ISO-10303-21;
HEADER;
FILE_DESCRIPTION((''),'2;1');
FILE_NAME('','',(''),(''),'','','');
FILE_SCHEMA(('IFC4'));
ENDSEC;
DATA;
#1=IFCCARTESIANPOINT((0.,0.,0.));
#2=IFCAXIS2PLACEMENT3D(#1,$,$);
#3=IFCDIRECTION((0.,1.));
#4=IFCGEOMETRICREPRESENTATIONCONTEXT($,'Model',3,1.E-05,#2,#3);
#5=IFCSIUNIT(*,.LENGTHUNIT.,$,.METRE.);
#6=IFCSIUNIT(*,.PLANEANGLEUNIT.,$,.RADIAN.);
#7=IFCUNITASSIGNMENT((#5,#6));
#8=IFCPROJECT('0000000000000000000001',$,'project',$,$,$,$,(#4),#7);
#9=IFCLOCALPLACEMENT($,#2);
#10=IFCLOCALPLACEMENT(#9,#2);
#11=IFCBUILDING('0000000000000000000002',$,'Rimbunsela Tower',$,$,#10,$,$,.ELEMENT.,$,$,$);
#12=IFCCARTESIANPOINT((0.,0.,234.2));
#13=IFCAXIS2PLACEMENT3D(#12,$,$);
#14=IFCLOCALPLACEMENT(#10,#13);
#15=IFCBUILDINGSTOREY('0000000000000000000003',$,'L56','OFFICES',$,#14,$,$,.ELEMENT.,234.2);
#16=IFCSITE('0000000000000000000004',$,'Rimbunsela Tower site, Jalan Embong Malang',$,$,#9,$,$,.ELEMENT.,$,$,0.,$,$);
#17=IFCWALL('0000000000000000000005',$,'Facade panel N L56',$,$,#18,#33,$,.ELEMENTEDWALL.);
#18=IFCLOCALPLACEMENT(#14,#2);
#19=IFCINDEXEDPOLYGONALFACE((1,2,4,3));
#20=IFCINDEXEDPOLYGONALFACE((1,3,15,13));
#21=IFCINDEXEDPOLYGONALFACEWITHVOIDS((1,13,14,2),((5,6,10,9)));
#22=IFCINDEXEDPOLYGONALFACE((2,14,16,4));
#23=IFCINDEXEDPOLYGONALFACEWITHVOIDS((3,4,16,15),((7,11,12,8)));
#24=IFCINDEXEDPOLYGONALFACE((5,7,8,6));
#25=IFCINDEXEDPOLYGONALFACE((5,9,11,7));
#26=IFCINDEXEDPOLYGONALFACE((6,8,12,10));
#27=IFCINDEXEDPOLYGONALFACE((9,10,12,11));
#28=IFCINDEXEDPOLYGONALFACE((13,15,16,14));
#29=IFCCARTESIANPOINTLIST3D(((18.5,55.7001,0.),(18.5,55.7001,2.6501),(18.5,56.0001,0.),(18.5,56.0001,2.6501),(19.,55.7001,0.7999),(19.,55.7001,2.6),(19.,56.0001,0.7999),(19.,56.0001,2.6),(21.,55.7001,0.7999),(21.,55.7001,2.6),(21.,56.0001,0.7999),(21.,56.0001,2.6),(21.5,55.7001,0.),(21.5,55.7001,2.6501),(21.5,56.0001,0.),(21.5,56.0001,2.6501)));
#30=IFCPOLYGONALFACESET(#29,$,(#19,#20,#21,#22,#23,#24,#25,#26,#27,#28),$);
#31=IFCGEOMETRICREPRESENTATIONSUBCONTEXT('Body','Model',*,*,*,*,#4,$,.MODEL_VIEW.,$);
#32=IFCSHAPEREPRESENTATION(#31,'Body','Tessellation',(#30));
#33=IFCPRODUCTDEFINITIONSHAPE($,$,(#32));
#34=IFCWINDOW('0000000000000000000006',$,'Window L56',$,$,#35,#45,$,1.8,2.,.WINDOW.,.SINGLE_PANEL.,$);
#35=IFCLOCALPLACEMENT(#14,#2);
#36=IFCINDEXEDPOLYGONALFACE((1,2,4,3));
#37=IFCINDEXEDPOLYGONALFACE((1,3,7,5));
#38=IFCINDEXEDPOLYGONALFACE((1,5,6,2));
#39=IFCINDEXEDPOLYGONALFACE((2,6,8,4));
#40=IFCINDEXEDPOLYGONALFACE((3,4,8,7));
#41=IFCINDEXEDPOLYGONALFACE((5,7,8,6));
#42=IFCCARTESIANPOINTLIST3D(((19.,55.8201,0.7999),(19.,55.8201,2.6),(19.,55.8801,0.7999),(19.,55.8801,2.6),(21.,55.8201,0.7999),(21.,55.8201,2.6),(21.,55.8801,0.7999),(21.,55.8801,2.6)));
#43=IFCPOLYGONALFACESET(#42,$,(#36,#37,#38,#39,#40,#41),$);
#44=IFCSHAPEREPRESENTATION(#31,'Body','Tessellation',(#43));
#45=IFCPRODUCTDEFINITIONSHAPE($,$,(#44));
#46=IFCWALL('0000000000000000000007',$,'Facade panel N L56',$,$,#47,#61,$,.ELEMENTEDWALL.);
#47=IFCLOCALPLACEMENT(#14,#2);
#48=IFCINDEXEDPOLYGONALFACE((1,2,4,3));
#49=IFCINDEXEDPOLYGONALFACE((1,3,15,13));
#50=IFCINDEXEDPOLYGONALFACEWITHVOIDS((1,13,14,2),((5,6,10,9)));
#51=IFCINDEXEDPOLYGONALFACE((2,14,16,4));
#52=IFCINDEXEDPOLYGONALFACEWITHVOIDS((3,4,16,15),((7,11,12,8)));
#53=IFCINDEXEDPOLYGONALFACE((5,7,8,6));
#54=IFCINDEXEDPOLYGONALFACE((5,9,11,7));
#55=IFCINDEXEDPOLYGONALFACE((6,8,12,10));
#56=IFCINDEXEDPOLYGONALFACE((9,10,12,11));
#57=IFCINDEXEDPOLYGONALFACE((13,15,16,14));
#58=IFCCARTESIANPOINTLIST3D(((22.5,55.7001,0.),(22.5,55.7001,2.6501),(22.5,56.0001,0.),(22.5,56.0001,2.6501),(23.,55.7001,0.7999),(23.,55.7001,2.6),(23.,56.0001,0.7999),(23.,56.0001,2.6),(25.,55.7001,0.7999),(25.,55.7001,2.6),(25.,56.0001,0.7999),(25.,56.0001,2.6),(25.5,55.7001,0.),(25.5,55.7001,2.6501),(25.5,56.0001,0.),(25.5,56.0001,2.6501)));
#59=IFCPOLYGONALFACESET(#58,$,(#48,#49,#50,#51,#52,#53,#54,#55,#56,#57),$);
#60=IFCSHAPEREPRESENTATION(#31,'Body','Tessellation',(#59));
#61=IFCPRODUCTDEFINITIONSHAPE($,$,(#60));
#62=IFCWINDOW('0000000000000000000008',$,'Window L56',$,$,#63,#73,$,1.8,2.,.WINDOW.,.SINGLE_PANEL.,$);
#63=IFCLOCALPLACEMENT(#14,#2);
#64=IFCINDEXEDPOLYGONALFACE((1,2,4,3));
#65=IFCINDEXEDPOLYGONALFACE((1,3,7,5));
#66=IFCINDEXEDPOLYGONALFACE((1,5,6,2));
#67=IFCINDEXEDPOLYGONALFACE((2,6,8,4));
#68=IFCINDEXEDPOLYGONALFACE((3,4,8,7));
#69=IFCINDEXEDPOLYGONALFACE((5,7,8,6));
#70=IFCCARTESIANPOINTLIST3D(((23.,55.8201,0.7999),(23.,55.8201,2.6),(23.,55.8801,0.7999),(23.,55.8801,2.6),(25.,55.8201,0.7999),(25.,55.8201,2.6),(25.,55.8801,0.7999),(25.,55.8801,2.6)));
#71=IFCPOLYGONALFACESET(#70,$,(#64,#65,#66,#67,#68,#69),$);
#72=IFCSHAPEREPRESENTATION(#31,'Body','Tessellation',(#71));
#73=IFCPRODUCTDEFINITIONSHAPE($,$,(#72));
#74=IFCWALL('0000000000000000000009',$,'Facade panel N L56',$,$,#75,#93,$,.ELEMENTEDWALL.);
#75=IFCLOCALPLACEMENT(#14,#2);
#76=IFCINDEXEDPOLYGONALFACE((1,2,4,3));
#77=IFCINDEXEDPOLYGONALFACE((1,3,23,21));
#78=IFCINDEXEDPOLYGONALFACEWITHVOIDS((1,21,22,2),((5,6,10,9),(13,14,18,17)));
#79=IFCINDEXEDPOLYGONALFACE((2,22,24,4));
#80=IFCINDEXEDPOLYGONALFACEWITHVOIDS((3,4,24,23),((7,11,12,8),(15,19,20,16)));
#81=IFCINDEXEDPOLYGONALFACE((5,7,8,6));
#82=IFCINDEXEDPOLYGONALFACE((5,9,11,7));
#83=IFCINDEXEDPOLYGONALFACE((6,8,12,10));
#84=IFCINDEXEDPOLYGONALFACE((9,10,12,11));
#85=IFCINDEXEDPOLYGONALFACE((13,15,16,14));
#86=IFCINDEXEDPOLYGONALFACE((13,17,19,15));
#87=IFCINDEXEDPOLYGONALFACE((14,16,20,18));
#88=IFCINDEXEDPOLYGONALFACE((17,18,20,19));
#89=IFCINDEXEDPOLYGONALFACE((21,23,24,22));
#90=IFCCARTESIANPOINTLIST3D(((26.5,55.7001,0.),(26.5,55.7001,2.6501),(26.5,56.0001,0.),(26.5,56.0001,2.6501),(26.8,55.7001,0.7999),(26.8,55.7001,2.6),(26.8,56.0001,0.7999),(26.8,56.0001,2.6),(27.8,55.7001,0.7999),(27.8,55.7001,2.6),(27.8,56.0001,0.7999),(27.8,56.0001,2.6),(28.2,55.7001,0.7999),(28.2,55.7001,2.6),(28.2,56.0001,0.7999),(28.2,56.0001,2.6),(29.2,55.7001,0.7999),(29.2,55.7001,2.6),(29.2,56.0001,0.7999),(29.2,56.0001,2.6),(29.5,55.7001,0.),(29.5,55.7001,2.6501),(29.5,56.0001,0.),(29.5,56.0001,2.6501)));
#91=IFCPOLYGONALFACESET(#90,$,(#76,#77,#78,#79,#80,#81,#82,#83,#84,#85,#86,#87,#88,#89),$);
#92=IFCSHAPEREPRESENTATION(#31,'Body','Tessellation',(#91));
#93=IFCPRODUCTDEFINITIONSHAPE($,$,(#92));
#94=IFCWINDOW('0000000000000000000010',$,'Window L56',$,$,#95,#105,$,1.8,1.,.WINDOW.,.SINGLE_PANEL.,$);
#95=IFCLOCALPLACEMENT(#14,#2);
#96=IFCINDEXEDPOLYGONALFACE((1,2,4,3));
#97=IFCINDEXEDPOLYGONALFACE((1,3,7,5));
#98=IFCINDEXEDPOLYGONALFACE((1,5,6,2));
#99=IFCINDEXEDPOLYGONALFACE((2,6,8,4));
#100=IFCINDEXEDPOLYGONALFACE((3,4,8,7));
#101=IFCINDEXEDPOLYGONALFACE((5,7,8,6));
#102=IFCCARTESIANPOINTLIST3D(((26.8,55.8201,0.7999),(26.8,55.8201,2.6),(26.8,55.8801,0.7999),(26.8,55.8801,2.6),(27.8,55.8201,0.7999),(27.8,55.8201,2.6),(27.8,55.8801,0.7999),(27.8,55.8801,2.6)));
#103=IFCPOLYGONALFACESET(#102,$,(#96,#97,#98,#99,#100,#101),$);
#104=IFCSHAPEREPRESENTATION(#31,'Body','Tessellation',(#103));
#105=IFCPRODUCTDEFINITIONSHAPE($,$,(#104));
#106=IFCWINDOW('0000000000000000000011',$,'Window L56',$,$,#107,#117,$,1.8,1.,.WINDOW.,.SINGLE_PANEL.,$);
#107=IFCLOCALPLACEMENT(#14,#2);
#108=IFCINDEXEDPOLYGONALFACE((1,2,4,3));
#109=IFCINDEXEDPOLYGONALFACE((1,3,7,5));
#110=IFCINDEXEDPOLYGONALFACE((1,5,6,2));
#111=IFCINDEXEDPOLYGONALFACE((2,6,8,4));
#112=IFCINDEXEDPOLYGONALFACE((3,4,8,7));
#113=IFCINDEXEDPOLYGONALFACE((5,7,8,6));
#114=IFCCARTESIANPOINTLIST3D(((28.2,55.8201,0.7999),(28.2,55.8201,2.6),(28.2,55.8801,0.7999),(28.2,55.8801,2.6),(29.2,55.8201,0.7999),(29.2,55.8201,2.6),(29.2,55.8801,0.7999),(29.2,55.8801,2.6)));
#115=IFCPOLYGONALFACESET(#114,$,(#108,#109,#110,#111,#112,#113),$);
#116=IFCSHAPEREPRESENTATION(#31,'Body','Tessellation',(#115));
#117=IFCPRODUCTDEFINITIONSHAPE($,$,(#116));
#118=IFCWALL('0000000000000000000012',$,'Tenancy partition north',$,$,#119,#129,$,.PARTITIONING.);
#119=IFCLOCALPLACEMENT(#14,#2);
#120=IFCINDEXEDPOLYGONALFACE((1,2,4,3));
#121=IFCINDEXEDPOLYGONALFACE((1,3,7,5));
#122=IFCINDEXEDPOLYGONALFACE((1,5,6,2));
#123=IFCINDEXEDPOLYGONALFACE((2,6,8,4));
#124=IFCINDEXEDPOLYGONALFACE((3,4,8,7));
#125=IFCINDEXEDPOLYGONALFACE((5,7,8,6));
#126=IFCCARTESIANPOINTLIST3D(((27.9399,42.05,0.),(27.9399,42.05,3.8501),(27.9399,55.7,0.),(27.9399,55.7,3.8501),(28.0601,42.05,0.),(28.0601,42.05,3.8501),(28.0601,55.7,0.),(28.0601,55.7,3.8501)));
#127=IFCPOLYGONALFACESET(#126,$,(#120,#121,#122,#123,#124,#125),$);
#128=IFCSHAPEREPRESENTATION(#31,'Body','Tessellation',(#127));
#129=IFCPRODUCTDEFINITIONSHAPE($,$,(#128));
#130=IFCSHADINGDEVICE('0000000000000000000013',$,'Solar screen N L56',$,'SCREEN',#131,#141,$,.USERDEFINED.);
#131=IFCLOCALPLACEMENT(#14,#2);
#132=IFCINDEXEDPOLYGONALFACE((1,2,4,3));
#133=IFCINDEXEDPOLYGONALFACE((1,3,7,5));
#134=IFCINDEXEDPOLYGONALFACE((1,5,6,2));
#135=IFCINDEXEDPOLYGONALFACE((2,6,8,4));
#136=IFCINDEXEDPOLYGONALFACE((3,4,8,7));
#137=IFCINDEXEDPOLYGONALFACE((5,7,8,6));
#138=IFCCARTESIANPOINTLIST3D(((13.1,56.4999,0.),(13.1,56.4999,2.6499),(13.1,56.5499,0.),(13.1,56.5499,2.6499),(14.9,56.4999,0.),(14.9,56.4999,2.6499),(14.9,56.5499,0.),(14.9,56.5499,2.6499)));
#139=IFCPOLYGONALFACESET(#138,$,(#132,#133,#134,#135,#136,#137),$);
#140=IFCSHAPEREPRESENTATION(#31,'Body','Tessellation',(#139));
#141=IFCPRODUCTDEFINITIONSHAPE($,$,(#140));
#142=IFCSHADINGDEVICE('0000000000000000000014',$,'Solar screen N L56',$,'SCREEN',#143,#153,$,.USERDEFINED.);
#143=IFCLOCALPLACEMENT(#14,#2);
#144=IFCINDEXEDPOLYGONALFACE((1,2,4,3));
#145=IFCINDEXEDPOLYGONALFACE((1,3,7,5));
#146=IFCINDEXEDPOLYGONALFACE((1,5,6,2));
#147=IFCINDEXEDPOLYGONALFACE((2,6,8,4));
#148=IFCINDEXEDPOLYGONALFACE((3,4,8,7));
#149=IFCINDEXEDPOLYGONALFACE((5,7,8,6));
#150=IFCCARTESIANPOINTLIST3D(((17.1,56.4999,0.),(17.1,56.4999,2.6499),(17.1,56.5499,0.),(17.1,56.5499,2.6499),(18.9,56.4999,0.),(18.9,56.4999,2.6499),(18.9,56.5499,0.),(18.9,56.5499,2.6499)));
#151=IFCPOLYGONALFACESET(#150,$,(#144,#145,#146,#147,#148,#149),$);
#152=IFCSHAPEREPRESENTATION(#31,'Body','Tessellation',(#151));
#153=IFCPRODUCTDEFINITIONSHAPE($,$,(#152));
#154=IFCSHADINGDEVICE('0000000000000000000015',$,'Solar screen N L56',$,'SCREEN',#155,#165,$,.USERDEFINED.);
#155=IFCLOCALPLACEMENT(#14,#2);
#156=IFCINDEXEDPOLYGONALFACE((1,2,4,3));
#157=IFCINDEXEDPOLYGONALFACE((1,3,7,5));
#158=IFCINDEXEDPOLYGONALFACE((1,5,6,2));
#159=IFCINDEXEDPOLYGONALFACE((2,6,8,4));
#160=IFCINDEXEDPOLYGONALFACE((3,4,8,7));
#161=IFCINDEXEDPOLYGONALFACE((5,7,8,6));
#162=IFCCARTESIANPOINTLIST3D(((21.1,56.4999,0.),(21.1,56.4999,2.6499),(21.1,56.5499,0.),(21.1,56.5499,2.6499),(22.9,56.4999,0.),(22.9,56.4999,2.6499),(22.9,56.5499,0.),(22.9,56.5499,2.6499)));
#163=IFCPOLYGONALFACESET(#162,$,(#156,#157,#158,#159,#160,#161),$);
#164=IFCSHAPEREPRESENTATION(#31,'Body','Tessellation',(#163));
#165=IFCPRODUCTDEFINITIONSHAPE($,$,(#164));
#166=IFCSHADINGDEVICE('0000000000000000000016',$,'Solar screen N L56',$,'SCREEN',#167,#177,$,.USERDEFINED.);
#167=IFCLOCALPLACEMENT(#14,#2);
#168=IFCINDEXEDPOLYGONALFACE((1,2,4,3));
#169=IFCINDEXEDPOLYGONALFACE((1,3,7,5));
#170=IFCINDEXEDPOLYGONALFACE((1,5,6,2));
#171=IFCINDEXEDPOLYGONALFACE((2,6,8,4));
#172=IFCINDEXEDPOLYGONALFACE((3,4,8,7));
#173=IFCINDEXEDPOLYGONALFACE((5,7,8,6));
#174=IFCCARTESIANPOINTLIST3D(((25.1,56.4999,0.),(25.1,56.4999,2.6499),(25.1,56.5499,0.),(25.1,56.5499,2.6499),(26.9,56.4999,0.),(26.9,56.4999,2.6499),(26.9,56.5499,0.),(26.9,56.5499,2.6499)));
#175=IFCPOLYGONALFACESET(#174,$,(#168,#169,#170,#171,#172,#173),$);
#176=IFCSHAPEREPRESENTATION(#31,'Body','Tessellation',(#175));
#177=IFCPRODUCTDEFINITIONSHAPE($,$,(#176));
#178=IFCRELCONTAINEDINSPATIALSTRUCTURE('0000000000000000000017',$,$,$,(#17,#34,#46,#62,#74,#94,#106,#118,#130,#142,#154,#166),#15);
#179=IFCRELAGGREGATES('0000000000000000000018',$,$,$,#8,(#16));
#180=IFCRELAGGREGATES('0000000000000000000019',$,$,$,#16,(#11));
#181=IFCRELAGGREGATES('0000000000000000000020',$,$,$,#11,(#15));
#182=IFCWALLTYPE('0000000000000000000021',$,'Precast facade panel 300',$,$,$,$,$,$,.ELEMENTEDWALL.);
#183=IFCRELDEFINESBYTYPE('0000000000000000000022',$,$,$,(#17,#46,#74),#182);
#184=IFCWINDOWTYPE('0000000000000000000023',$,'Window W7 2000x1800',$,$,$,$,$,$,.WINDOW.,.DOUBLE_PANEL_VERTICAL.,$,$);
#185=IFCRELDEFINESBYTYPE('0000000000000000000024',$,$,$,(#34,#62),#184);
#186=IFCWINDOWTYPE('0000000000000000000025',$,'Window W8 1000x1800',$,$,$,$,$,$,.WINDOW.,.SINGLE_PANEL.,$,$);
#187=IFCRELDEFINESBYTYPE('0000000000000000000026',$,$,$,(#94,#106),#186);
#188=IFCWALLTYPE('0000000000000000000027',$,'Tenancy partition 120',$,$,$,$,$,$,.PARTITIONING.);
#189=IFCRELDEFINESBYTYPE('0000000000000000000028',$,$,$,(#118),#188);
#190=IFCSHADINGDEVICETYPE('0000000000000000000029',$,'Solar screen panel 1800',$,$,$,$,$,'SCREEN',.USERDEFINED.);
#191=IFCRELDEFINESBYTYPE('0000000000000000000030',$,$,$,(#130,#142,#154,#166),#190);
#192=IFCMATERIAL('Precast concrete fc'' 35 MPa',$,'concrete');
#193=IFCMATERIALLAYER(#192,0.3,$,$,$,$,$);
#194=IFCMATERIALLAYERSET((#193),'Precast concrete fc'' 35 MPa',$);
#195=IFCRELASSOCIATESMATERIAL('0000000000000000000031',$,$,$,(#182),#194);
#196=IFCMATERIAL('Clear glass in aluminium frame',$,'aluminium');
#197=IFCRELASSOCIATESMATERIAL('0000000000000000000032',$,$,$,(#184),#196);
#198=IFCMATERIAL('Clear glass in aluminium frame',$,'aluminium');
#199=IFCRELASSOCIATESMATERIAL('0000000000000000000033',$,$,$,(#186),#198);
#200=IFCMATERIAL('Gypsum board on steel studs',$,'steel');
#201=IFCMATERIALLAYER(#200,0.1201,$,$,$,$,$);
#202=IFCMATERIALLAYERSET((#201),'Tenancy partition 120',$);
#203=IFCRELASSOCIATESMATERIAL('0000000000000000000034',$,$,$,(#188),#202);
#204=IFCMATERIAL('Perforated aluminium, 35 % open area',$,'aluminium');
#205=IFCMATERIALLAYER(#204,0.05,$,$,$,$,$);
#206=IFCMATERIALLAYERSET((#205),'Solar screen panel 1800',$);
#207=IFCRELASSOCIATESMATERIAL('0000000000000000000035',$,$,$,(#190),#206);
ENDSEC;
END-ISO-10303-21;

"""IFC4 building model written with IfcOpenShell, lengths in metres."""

from ifc_helpers import new_model, si_unit, direction, frame, frame_2d, origin, origin_2d, place, context, subcontext, project, spatial, rectangle, extrude, material, layer, layer_set, type_object, element, fill, save


model = new_model("IFC4")

# Units and contexts
model_context = context("Model", 3, precision=1e-05, world=origin(), true_north=direction((0.0, 1.0)))
body_context = subcontext(model_context, "Body", "Model", "MODEL_VIEW")
ifc_project = project(units=[si_unit("LENGTHUNIT", "METRE"), si_unit("PLANEANGLEUNIT", "RADIAN")], contexts=[model_context])

# Site, building, storey
site_placement = place(None, origin())
site = spatial("IfcSite", under=ifc_project, at=site_placement, Name="Rimbunsela Tower site, Jalan Embong Malang", CompositionType="ELEMENT", RefElevation=0.0)
building_placement = place(site_placement, origin())
building = spatial("IfcBuilding", under=site, at=building_placement, Name="Rimbunsela Tower", CompositionType="ELEMENT")
storey_placement = place(building_placement, frame((0.0, 0.0, 234.2)))
storey = spatial("IfcBuildingStorey", under=building, at=storey_placement, Name="L56", Description="OFFICES", CompositionType="ELEMENT", Elevation=234.2)

# Walls, openings, windows
ifc_material_1 = material(Name="Precast concrete fc' 35 MPa", Category="concrete")
ifc_layer_1 = layer(ifc_material_1, 0.3)
ifc_layer_set_1 = layer_set([ifc_layer_1], Name="Precast concrete fc' 35 MPa")
wall_type_1 = type_object("IfcWallType", Name="Precast facade panel 300", PredefinedType="ELEMENTEDWALL", material=ifc_layer_set_1)
ifc_material_2 = material(Name="Clear glass in aluminium frame", Category="aluminium")
window_type_1 = type_object("IfcWindowType", Name="Window W7 2000x1800", PartitioningType="DOUBLE_PANEL_VERTICAL", PredefinedType="WINDOW", material=ifc_material_2)
wall_1_placement = place(storey_placement, frame((21.5, 55.8501, 0.0), z_axis=(0.0, 0.0, 1.0), x_axis=(-1.0, 0.0, 0.0)))
wall_1 = element("IfcWall", 1, at=wall_1_placement, inside=storey, type_object=wall_type_1, Name="Facade panel N L56", PredefinedType="ELEMENTEDWALL", context=body_context, shape_type="SweptSolid", body=[
    extrude(rectangle(XDim=3.0, YDim=0.3, at=frame_2d((1.5, 0.0))), origin(), (0.0, 0.0, 1.0), 2.6501),
])
opening_1_placement = place(wall_1_placement, frame((0.5, 0.0, 0.8)))
opening_1 = element("IfcOpeningElement", 2, at=opening_1_placement, cuts=wall_1, PredefinedType="OPENING", context=body_context, shape_type="SweptSolid", body=[
    extrude(rectangle(XDim=2.0, YDim=1.8, at=frame_2d((1.0, 0.8999))), frame((0.0, 0.1599, 0.0), z_axis=(0.0, -1.0, 0.0), x_axis=(1.0, 0.0, 0.0)), (0.0, 0.0, 1.0), 0.3201),
])
window_1_placement = place(opening_1_placement, origin())
window_1 = element("IfcWindow", 3, at=window_1_placement, inside=storey, type_object=window_type_1, Name="Window L56", OverallHeight=1.8, OverallWidth=2.0, PartitioningType="SINGLE_PANEL", PredefinedType="WINDOW", context=body_context, shape_type="SweptSolid", body=[
    extrude(rectangle(XDim=2.0, YDim=1.8, at=frame_2d((1.0, 0.8999))), frame((0.0, 0.03, 0.0), z_axis=(0.0, -1.0, 0.0), x_axis=(1.0, 0.0, 0.0)), (0.0, 0.0, 1.0), 0.0601),
])
fill(opening_1, window_1)
wall_2_placement = place(storey_placement, frame((25.5, 55.8501, 0.0), z_axis=(0.0, 0.0, 1.0), x_axis=(-1.0, 0.0, 0.0)))
wall_2 = element("IfcWall", 4, at=wall_2_placement, inside=storey, type_object=wall_type_1, Name="Facade panel N L56", PredefinedType="ELEMENTEDWALL", context=body_context, shape_type="SweptSolid", body=[
    extrude(rectangle(XDim=3.0, YDim=0.3, at=frame_2d((1.5, 0.0))), origin(), (0.0, 0.0, 1.0), 2.6501),
])
opening_2_placement = place(wall_2_placement, frame((0.5, 0.0, 0.8)))
opening_2 = element("IfcOpeningElement", 5, at=opening_2_placement, cuts=wall_2, PredefinedType="OPENING", context=body_context, shape_type="SweptSolid", body=[
    extrude(rectangle(XDim=2.0, YDim=1.8, at=frame_2d((1.0, 0.8999))), frame((0.0, 0.1599, 0.0), z_axis=(0.0, -1.0, 0.0), x_axis=(1.0, 0.0, 0.0)), (0.0, 0.0, 1.0), 0.3201),
])
window_2_placement = place(opening_2_placement, origin())
window_2 = element("IfcWindow", 6, at=window_2_placement, inside=storey, type_object=window_type_1, Name="Window L56", OverallHeight=1.8, OverallWidth=2.0, PartitioningType="SINGLE_PANEL", PredefinedType="WINDOW", context=body_context, shape_type="SweptSolid", body=[
    extrude(rectangle(XDim=2.0, YDim=1.8, at=frame_2d((1.0, 0.8999))), frame((0.0, 0.03, 0.0), z_axis=(0.0, -1.0, 0.0), x_axis=(1.0, 0.0, 0.0)), (0.0, 0.0, 1.0), 0.0601),
])
fill(opening_2, window_2)

# Wall, openings, windows
wall_3_placement = place(storey_placement, frame((29.5, 55.8501, 0.0), z_axis=(0.0, 0.0, 1.0), x_axis=(-1.0, 0.0, 0.0)))
wall_3 = element("IfcWall", 7, at=wall_3_placement, inside=storey, type_object=wall_type_1, Name="Facade panel N L56", PredefinedType="ELEMENTEDWALL", context=body_context, shape_type="SweptSolid", body=[
    extrude(rectangle(XDim=3.0, YDim=0.3, at=frame_2d((1.5, 0.0))), origin(), (0.0, 0.0, 1.0), 2.6501),
])
opening_3_placement = place(wall_3_placement, frame((1.7, 0.0, 0.8)))
opening_3 = element("IfcOpeningElement", 8, at=opening_3_placement, cuts=wall_3, PredefinedType="OPENING", context=body_context, shape_type="SweptSolid", body=[
    extrude(rectangle(XDim=1.0, YDim=1.8, at=frame_2d((0.5, 0.8999))), frame((0.0, 0.1599, 0.0), z_axis=(0.0, -1.0, 0.0), x_axis=(1.0, 0.0, 0.0)), (0.0, 0.0, 1.0), 0.3201),
])
opening_4_placement = place(wall_3_placement, frame((0.3, 0.0, 0.8)))
opening_4 = element("IfcOpeningElement", 9, at=opening_4_placement, cuts=wall_3, PredefinedType="OPENING", context=body_context, shape_type="SweptSolid", body=[
    extrude(rectangle(XDim=1.0, YDim=1.8, at=frame_2d((0.5, 0.8999))), frame((0.0, 0.1599, 0.0), z_axis=(0.0, -1.0, 0.0), x_axis=(1.0, 0.0, 0.0)), (0.0, 0.0, 1.0), 0.3201),
])
ifc_material_3 = material(Name="Clear glass in aluminium frame", Category="aluminium")
window_type_2 = type_object("IfcWindowType", Name="Window W8 1000x1800", PartitioningType="SINGLE_PANEL", PredefinedType="WINDOW", material=ifc_material_3)
window_3_placement = place(opening_3_placement, origin())
window_3 = element("IfcWindow", 10, at=window_3_placement, inside=storey, type_object=window_type_2, Name="Window L56", OverallHeight=1.8, OverallWidth=1.0, PartitioningType="SINGLE_PANEL", PredefinedType="WINDOW", context=body_context, shape_type="SweptSolid", body=[
    extrude(rectangle(XDim=1.0, YDim=1.8, at=frame_2d((0.5, 0.8999))), frame((0.0, 0.03, 0.0), z_axis=(0.0, -1.0, 0.0), x_axis=(1.0, 0.0, 0.0)), (0.0, 0.0, 1.0), 0.0601),
])
fill(opening_3, window_3)
window_4_placement = place(opening_4_placement, origin())
window_4 = element("IfcWindow", 11, at=window_4_placement, inside=storey, type_object=window_type_2, Name="Window L56", OverallHeight=1.8, OverallWidth=1.0, PartitioningType="SINGLE_PANEL", PredefinedType="WINDOW", context=body_context, shape_type="SweptSolid", body=[
    extrude(rectangle(XDim=1.0, YDim=1.8, at=frame_2d((0.5, 0.8999))), frame((0.0, 0.03, 0.0), z_axis=(0.0, -1.0, 0.0), x_axis=(1.0, 0.0, 0.0)), (0.0, 0.0, 1.0), 0.0601),
])
fill(opening_4, window_4)

# Wall
ifc_material_4 = material(Name="Gypsum board on steel studs", Category="steel")
ifc_layer_2 = layer(ifc_material_4, 0.1201)
ifc_layer_set_2 = layer_set([ifc_layer_2], Name="Tenancy partition 120")
wall_type_2 = type_object("IfcWallType", Name="Tenancy partition 120", PredefinedType="PARTITIONING", material=ifc_layer_set_2)
wall_4_placement = place(storey_placement, frame((28.0, 42.05, 0.0), z_axis=(0.0, 0.0, 1.0), x_axis=(0.0, 1.0, 0.0)))
element("IfcWall", 12, at=wall_4_placement, inside=storey, type_object=wall_type_2, Name="Tenancy partition north", PredefinedType="PARTITIONING", context=body_context, shape_type="SweptSolid", body=[
    extrude(rectangle(XDim=13.6499, YDim=0.1201, at=frame_2d((6.825, 0.0))), origin(), (0.0, 0.0, 1.0), 3.8501),
])

# Shading devices
ifc_material_5 = material(Name="Perforated aluminium, 35 % open area", Category="aluminium")
ifc_layer_3 = layer(ifc_material_5, 0.05)
ifc_layer_set_3 = layer_set([ifc_layer_3], Name="Solar screen panel 1800")
shading_device_type = type_object("IfcShadingDeviceType", Name="Solar screen panel 1800", ElementType="SCREEN", PredefinedType="USERDEFINED", material=ifc_layer_set_3)
for number, where, z_axis, x_axis, name in (
    (13, (14.0, 56.5249, 0.0), (0.0, 0.0, 1.0), (1.0, 0.0, 0.0), "Solar screen N L56"),
    (14, (18.0, 56.5249, 0.0), (0.0, 0.0, 1.0), (1.0, 0.0, 0.0), "Solar screen N L56"),
    (15, (22.0, 56.5249, 0.0), (0.0, 0.0, 1.0), (1.0, 0.0, 0.0), "Solar screen N L56"),
    (16, (26.0, 56.5249, 0.0), (0.0, 0.0, 1.0), (1.0, 0.0, 0.0), "Solar screen N L56"),
):
    element("IfcShadingDevice", number, at=place(storey_placement, frame(where, z_axis=z_axis, x_axis=x_axis)), inside=storey, type_object=shading_device_type, Name=name, ObjectType="SCREEN", PredefinedType="USERDEFINED", context=body_context, shape_type="SweptSolid", body=[
        extrude(rectangle(XDim=1.8, YDim=0.05, at=origin_2d()), origin(), (0.0, 0.0, 1.0), 2.6499),
    ])

save(model, "model.ifc")
